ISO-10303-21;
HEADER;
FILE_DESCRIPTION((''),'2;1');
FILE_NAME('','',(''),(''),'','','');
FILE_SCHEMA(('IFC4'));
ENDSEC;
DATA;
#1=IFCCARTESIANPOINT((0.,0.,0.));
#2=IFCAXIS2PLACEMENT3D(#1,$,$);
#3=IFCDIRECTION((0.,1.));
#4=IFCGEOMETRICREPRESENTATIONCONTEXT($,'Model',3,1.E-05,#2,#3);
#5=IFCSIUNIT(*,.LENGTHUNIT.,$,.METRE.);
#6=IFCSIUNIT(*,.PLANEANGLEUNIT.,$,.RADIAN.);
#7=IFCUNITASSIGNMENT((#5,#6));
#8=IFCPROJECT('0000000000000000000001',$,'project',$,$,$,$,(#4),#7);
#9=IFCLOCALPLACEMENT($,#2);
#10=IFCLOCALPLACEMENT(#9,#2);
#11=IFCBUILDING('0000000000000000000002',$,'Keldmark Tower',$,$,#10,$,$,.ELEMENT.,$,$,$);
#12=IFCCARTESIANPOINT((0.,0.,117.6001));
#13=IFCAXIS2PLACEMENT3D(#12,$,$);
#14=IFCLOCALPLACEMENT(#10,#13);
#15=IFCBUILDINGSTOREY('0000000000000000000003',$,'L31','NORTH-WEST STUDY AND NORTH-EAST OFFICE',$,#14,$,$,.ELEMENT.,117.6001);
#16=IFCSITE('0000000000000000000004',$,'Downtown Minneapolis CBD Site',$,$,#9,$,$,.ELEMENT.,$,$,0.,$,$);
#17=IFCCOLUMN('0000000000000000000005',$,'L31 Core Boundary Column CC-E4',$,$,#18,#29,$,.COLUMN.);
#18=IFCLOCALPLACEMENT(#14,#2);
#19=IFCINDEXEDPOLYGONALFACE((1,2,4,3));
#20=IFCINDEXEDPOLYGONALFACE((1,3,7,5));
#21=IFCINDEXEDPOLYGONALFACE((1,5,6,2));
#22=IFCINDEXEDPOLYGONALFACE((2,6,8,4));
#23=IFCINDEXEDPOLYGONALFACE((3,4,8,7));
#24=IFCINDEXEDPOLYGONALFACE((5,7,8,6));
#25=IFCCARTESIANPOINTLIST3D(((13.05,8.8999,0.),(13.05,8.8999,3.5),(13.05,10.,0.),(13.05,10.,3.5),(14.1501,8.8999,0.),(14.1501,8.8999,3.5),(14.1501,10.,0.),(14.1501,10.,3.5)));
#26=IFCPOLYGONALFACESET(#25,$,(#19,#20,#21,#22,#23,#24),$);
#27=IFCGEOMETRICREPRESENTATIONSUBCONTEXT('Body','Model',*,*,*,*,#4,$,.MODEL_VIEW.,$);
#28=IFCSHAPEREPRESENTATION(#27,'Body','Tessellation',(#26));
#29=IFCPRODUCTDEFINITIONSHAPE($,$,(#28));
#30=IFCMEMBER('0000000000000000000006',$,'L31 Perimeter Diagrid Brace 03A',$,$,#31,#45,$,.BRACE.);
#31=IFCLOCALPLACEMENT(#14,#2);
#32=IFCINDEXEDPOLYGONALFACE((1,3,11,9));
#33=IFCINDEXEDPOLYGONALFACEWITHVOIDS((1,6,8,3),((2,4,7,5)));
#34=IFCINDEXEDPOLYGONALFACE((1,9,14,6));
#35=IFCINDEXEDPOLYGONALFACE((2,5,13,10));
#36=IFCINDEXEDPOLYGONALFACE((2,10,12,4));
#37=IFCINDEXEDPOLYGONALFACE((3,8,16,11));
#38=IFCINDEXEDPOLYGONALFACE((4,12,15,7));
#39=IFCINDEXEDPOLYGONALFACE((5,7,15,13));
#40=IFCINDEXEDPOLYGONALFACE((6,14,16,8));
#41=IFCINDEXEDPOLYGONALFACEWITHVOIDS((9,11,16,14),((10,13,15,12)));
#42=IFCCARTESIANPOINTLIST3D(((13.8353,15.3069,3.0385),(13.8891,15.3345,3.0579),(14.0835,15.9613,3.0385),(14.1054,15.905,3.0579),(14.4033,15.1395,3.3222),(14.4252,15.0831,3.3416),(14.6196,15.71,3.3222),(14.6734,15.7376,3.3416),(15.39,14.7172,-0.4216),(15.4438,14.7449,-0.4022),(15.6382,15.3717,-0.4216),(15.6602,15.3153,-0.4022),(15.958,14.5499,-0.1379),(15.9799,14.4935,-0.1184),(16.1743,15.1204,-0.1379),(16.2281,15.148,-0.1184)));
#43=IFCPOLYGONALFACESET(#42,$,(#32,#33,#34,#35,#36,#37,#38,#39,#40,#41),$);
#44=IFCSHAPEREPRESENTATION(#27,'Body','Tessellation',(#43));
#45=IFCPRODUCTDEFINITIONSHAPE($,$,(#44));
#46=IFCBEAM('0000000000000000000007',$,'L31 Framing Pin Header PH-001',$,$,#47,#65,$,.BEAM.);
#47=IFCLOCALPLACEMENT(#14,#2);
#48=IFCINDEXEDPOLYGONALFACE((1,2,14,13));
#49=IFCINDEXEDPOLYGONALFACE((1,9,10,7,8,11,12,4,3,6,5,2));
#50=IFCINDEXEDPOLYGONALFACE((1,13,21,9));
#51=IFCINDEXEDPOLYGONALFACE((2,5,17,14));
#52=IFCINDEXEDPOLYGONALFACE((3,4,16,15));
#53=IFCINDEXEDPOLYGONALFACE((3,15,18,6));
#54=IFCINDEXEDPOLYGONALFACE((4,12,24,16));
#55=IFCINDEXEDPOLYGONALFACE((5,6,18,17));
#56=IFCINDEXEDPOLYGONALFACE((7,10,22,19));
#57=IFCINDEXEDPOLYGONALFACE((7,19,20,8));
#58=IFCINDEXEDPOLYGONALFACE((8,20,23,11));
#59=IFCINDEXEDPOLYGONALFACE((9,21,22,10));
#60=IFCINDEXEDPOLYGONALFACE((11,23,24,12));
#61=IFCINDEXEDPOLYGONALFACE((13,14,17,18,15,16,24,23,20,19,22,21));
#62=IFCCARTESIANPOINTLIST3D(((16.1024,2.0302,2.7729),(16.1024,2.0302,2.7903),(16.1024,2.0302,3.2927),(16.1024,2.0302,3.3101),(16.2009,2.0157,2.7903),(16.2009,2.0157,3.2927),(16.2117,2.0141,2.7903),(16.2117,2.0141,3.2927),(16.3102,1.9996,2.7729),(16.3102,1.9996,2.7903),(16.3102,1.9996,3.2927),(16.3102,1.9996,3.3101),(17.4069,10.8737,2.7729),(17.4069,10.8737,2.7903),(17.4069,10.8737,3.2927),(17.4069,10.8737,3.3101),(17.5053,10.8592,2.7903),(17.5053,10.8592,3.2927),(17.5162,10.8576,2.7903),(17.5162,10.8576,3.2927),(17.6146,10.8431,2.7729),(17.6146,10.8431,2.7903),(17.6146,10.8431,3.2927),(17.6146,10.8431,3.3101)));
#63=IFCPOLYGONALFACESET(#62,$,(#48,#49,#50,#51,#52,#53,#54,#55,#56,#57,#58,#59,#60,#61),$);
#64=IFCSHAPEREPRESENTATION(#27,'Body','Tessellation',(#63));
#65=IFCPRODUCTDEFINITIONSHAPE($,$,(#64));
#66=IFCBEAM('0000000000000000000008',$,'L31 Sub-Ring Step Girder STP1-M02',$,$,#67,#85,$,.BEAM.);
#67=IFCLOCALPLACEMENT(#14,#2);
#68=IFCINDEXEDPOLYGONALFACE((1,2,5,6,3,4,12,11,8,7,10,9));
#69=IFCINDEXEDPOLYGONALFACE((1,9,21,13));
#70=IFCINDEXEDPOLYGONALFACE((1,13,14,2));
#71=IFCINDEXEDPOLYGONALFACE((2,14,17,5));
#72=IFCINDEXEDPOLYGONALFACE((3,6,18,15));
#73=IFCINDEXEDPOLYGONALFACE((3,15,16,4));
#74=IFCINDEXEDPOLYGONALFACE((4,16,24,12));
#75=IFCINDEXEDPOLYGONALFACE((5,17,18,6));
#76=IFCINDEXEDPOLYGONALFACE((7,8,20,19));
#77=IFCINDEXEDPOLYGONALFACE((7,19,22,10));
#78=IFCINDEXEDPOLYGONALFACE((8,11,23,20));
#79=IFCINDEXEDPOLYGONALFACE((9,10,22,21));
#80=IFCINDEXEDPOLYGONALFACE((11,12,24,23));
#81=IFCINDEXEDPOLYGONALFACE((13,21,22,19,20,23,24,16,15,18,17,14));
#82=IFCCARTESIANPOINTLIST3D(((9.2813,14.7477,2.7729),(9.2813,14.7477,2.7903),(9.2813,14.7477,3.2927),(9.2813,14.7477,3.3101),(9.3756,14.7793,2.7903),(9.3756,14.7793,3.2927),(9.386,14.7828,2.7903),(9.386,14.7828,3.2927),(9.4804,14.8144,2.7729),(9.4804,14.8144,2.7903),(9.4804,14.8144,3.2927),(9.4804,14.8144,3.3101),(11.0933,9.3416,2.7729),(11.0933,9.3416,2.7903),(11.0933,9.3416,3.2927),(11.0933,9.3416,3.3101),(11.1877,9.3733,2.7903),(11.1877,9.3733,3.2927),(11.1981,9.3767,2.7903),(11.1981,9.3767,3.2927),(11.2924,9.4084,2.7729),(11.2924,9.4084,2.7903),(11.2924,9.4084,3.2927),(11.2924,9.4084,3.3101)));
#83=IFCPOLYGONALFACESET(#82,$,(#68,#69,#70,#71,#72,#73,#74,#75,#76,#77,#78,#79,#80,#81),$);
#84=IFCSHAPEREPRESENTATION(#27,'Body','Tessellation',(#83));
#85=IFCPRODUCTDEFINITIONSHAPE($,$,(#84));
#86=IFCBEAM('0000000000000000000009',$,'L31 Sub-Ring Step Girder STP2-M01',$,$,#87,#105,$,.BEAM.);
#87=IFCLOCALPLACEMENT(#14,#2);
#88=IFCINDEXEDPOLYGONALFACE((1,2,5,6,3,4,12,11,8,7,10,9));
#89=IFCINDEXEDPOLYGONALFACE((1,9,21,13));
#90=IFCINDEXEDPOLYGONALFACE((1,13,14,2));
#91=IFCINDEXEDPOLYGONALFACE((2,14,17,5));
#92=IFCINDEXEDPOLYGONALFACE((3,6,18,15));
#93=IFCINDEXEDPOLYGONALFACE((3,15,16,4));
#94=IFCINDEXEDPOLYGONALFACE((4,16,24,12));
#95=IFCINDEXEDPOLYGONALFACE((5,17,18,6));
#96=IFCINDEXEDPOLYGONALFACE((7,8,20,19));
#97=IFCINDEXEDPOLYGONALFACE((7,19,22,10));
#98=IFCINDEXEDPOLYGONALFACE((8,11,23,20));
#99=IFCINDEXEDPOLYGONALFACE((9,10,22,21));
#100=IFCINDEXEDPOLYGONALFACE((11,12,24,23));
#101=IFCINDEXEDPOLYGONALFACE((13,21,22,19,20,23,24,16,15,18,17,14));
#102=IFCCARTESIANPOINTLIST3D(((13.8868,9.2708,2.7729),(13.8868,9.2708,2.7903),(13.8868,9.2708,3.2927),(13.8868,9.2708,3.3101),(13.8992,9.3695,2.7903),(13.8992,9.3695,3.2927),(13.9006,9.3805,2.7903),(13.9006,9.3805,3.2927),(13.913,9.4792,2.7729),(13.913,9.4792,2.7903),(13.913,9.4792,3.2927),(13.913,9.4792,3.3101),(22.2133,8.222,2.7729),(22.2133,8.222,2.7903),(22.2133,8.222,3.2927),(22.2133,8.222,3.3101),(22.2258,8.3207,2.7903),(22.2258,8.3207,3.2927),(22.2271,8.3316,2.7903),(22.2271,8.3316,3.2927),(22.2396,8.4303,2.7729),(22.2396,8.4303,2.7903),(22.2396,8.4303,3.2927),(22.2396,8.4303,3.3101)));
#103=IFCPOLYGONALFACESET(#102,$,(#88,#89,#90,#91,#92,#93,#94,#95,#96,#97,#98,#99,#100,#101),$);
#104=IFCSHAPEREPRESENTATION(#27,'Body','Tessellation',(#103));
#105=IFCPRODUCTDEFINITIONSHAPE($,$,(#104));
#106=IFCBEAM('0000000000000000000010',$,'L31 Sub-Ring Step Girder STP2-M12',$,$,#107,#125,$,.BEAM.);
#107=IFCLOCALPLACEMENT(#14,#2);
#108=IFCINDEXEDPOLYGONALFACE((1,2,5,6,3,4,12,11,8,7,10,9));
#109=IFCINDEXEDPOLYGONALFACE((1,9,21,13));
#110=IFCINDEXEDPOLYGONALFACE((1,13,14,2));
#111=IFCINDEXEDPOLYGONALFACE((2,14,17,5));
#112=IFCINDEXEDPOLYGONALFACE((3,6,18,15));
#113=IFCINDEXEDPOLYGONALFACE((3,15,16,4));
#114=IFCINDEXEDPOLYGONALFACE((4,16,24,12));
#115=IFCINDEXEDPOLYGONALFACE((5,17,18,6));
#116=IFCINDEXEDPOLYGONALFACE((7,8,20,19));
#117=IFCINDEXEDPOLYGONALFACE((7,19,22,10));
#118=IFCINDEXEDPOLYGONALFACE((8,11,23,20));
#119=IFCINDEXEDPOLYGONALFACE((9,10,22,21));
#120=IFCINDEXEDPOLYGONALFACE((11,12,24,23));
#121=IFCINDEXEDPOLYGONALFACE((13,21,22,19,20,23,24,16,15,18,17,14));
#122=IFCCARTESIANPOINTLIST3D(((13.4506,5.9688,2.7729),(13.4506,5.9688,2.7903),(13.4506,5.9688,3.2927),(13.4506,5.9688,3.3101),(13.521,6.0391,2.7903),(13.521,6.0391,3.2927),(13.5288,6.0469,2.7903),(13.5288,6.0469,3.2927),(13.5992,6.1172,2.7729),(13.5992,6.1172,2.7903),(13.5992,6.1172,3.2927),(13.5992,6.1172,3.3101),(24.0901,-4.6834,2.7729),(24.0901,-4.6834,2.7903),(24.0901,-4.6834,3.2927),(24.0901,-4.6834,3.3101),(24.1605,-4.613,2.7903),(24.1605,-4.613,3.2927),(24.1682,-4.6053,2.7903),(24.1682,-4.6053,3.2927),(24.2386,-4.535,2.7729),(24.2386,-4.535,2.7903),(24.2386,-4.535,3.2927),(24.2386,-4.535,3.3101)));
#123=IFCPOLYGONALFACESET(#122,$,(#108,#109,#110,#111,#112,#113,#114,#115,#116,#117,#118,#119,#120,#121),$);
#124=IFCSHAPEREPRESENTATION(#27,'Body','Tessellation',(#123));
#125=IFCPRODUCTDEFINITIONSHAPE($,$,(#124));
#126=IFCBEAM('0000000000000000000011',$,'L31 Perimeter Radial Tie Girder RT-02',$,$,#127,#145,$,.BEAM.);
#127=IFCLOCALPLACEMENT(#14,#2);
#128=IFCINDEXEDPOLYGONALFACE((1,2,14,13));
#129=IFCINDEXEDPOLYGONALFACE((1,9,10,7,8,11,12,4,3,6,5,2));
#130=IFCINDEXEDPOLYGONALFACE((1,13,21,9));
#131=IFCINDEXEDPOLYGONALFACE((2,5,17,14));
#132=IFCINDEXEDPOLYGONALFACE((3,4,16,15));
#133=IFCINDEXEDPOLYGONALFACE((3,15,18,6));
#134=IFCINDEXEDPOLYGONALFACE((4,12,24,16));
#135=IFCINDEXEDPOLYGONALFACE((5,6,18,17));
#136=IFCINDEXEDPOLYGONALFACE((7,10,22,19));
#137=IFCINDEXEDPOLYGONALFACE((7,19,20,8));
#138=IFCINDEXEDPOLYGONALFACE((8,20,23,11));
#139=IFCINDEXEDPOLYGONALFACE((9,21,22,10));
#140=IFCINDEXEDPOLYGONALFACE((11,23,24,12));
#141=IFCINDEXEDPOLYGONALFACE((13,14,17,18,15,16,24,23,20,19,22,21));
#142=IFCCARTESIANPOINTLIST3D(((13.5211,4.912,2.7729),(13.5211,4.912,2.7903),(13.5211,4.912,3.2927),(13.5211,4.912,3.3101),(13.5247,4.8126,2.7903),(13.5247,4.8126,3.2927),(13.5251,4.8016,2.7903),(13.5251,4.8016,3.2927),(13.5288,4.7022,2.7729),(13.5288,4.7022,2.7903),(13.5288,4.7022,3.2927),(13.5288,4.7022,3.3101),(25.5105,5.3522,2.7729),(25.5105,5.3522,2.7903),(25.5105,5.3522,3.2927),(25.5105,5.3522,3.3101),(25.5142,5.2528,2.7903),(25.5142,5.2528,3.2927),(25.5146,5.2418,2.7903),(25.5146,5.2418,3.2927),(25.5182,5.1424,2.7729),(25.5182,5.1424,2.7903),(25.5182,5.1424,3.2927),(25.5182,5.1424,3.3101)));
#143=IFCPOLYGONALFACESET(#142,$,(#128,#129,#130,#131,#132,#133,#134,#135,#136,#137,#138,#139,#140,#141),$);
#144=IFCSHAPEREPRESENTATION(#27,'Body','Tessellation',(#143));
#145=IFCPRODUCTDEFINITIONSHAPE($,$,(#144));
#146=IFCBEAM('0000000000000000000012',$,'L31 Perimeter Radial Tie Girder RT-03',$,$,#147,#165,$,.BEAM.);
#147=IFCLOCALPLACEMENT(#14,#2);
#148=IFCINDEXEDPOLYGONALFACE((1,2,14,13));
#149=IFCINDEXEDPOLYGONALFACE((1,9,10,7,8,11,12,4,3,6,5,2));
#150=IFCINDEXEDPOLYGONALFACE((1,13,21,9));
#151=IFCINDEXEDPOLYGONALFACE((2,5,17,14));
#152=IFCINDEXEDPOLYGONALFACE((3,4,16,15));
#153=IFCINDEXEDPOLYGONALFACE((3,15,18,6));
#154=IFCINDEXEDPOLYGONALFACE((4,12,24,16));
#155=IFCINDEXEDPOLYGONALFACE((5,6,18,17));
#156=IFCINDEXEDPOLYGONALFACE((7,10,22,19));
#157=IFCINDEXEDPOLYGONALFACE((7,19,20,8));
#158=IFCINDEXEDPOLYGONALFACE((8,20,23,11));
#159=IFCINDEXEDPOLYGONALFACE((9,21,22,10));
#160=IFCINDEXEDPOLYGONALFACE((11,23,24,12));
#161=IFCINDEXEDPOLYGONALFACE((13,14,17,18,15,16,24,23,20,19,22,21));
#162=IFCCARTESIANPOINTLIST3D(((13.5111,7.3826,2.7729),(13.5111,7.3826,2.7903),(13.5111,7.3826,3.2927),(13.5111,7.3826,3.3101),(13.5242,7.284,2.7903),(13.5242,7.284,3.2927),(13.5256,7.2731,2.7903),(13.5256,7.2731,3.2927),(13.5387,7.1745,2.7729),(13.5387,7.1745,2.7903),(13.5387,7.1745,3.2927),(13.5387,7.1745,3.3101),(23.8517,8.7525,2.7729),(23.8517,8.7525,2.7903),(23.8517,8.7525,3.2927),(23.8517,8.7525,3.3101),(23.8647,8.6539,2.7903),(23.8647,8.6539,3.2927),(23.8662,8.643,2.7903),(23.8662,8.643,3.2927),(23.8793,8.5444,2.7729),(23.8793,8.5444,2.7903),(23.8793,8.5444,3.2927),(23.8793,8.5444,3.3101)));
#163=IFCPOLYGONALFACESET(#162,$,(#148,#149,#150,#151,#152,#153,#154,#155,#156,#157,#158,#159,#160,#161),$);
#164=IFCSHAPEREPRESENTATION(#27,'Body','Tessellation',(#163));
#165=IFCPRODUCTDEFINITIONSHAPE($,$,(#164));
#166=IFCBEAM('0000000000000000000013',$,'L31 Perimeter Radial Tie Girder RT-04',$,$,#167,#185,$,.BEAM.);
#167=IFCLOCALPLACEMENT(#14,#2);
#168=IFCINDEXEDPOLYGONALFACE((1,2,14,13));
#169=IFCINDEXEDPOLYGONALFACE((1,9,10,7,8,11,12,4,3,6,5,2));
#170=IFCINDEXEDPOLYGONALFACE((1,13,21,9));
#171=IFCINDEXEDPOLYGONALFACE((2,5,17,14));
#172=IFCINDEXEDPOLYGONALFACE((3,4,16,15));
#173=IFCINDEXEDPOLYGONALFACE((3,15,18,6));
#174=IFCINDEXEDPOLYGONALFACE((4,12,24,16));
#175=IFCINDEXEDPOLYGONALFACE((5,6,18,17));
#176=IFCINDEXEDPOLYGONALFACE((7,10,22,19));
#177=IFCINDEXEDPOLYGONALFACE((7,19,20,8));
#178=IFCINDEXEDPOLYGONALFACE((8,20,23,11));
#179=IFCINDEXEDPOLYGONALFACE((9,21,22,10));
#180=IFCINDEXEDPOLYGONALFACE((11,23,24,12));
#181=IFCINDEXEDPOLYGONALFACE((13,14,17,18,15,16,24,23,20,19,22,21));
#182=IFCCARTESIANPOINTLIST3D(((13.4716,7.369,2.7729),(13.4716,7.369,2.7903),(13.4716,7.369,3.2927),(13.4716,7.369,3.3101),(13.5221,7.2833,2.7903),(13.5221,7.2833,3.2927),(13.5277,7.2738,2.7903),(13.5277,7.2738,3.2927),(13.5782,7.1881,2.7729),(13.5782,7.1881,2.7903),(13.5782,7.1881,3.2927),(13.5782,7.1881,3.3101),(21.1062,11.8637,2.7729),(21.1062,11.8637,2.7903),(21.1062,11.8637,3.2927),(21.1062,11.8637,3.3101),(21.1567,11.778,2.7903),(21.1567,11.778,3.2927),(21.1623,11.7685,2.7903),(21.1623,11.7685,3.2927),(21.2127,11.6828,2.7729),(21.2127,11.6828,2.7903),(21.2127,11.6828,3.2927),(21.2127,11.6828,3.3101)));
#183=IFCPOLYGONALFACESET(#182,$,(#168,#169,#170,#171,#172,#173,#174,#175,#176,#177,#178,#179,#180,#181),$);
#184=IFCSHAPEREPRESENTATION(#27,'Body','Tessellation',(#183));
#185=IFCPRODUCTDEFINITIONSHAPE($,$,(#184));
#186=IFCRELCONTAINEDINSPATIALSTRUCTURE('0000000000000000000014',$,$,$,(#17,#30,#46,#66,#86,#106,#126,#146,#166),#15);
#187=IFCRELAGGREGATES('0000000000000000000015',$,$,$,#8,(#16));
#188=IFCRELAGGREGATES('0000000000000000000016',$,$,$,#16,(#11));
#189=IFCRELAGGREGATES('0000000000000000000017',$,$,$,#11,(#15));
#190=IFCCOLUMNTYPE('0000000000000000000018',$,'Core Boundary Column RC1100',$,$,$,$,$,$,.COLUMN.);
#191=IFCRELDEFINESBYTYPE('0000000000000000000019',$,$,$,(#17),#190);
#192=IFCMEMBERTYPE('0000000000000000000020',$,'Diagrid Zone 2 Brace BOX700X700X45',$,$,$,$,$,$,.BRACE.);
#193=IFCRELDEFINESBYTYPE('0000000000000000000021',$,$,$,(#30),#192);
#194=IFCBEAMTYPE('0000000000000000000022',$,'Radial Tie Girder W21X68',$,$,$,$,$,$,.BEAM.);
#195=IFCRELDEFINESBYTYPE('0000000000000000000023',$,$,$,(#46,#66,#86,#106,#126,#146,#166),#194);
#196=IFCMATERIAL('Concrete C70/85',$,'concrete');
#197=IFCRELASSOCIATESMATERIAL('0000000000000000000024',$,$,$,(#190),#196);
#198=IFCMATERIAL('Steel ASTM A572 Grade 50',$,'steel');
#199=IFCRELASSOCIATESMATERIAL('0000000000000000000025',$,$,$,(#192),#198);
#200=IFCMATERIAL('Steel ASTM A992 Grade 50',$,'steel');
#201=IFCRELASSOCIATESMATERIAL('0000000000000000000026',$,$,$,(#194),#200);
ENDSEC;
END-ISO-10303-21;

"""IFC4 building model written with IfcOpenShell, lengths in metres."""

from ifc_helpers import new_model, si_unit, direction, frame, origin, origin_2d, place, context, subcontext, project, spatial, rectangle, hollow_rectangle, i_section, extrude, material, material_profile, profile_set, type_object, element, save


model = new_model("IFC4")

# Units and contexts
model_context = context("Model", 3, precision=1e-05, world=origin(), true_north=direction((0.0, 1.0)))
body_context = subcontext(model_context, "Body", "Model", "MODEL_VIEW")
ifc_project = project(units=[si_unit("LENGTHUNIT", "METRE"), si_unit("PLANEANGLEUNIT", "RADIAN")], contexts=[model_context])

# Site, building, storey
site_placement = place(None, origin())
site = spatial("IfcSite", under=ifc_project, at=site_placement, Name="Downtown Minneapolis CBD Site", CompositionType="ELEMENT", RefElevation=0.0)
building_placement = place(site_placement, origin())
building = spatial("IfcBuilding", under=site, at=building_placement, Name="Keldmark Tower", CompositionType="ELEMENT")
storey_placement = place(building_placement, frame((0.0, 0.0, 117.6001)))
storey = spatial("IfcBuildingStorey", under=building, at=storey_placement, Name="L31", Description="NORTH-WEST STUDY AND NORTH-EAST OFFICE", CompositionType="ELEMENT", Elevation=117.6001)

# Column
ifc_material_1 = material(Name="Concrete C70/85", Category="concrete")
ifc_material_profile_1 = material_profile(ifc_material_1, rectangle(XDim=1.1001, YDim=1.1001, at=origin_2d()), Name="RC1100X1100")
ifc_profile_set_1 = profile_set([ifc_material_profile_1], Name="Concrete C70/85")
column_type = type_object("IfcColumnType", Name="Core Boundary Column RC1100", PredefinedType="COLUMN", material=ifc_profile_set_1)
column_placement = place(storey_placement, frame((13.6001, 9.45, 0.0), z_axis=(0.0, 0.0, 1.0), x_axis=(1.0, 0.0, 0.0)))
element("IfcColumn", 1, at=column_placement, inside=storey, type_object=column_type, Name="L31 Core Boundary Column CC-E4", PredefinedType="COLUMN", context=body_context, shape_type="SweptSolid", body=[
    extrude(rectangle(XDim=1.1001, YDim=1.1001, at=origin_2d()), origin(), (0.0, 0.0, 1.0), 3.5),
])

# Member
ifc_material_2 = material(Name="Steel ASTM A572 Grade 50", Category="steel")
ifc_material_profile_2 = material_profile(ifc_material_2, hollow_rectangle(XDim=0.7, YDim=0.7, WallThickness=0.0449, at=origin_2d()), Name="BOX700X700X45")
ifc_profile_set_2 = profile_set([ifc_material_profile_2], Name="Steel ASTM A572 Grade 50")
member_type = type_object("IfcMemberType", Name="Diagrid Zone 2 Brace BOX700X700X45", PredefinedType="BRACE", material=ifc_profile_set_2)
member_placement = place(storey_placement, frame((15.8091, 14.9326, -0.27), z_axis=(-0.404998, 0.153592, 0.901325), x_axis=(-0.354597, -0.935019, 0.0)))
element("IfcMember", 2, at=member_placement, inside=storey, type_object=member_type, Name="L31 Perimeter Diagrid Brace 03A", PredefinedType="BRACE", context=body_context, shape_type="SweptSolid", body=[
    extrude(hollow_rectangle(XDim=0.7, YDim=0.7, WallThickness=0.0449, at=origin_2d()), origin(), (0.0, 0.0, 1.0), 3.8389),
])

# Beams
ifc_material_3 = material(Name="Steel ASTM A992 Grade 50", Category="steel")
ifc_material_profile_3 = material_profile(ifc_material_3, i_section(OverallWidth=0.21, OverallDepth=0.5371, WebThickness=0.011, FlangeThickness=0.0173, at=origin_2d()), Name="W21X68")
ifc_profile_set_3 = profile_set([ifc_material_profile_3], Name="Steel ASTM A992 Grade 50")
beam_type_1 = type_object("IfcBeamType", Name="Radial Tie Girder W21X68", PredefinedType="BEAM", material=ifc_profile_set_3)
beam_1_placement = place(storey_placement, frame((16.2063, 2.0149, 3.0415), z_axis=(0.145924, 0.989296, 0.0), x_axis=(-0.989296, 0.145924, 0.0)))
element("IfcBeam", 3, at=beam_1_placement, inside=storey, type_object=beam_type_1, Name="L31 Framing Pin Header PH-001", PredefinedType="BEAM", context=body_context, shape_type="SweptSolid", body=[
    extrude(i_section(OverallWidth=0.21, OverallDepth=0.5371, WebThickness=0.011, FlangeThickness=0.0173, at=origin_2d()), origin(), (0.0, 0.0, 1.0), 8.9392),
])
beam_2_placement = place(storey_placement, frame((11.1929, 9.375, 3.0415), z_axis=(-0.317807, 0.948155, 0.0), x_axis=(-0.948155, -0.317807, 0.0)))
element("IfcBeam", 4, at=beam_2_placement, inside=storey, type_object=beam_type_1, Name="L31 Sub-Ring Step Girder STP1-M02", PredefinedType="BEAM", context=body_context, shape_type="SweptSolid", body=[
    extrude(i_section(OverallWidth=0.21, OverallDepth=0.5371, WebThickness=0.011, FlangeThickness=0.0173, at=origin_2d()), origin(), (0.0, 0.0, 1.0), 5.7017),
])
beam_3_placement = place(storey_placement, frame((13.8999, 9.375, 3.0415), z_axis=(0.99216, -0.124976, 0.0), x_axis=(0.124976, 0.99216, 0.0)))
element("IfcBeam", 5, at=beam_3_placement, inside=storey, type_object=beam_type_1, Name="L31 Sub-Ring Step Girder STP2-M01", PredefinedType="BEAM", context=body_context, shape_type="SweptSolid", body=[
    extrude(i_section(OverallWidth=0.21, OverallDepth=0.5371, WebThickness=0.011, FlangeThickness=0.0173, at=origin_2d()), origin(), (0.0, 0.0, 1.0), 8.3923),
])
beam_4_placement = place(storey_placement, frame((13.5249, 6.043, 3.0415), z_axis=(0.706685, -0.707528, 0.0), x_axis=(0.707528, 0.706685, 0.0)))
element("IfcBeam", 6, at=beam_4_placement, inside=storey, type_object=beam_type_1, Name="L31 Sub-Ring Step Girder STP2-M12", PredefinedType="BEAM", context=body_context, shape_type="SweptSolid", body=[
    extrude(i_section(OverallWidth=0.21, OverallDepth=0.5371, WebThickness=0.011, FlangeThickness=0.0173, at=origin_2d()), origin(), (0.0, 0.0, 1.0), 15.0554),
])
beam_5_placement = place(storey_placement, frame((13.5249, 4.8071, 3.0415), z_axis=(0.999327, 0.03669, 0.0), x_axis=(-0.03669, 0.999327, 0.0)))
element("IfcBeam", 7, at=beam_5_placement, inside=storey, type_object=beam_type_1, Name="L31 Perimeter Radial Tie Girder RT-02", PredefinedType="BEAM", context=body_context, shape_type="SweptSolid", body=[
    extrude(i_section(OverallWidth=0.21, OverallDepth=0.5371, WebThickness=0.011, FlangeThickness=0.0173, at=origin_2d()), origin(), (0.0, 0.0, 1.0), 11.9976),
])
beam_6_placement = place(storey_placement, frame((13.5249, 7.2786, 3.0415), z_axis=(0.991339, 0.131328, 0.0), x_axis=(-0.131328, 0.991339, 0.0)))
element("IfcBeam", 8, at=beam_6_placement, inside=storey, type_object=beam_type_1, Name="L31 Perimeter Radial Tie Girder RT-03", PredefinedType="BEAM", context=body_context, shape_type="SweptSolid", body=[
    extrude(i_section(OverallWidth=0.21, OverallDepth=0.5371, WebThickness=0.011, FlangeThickness=0.0173, at=origin_2d()), origin(), (0.0, 0.0, 1.0), 10.4309),
])
beam_7_placement = place(storey_placement, frame((13.5249, 7.2786, 3.0415), z_axis=(0.86175, 0.507333, 0.0), x_axis=(-0.507333, 0.86175, 0.0)))
element("IfcBeam", 9, at=beam_7_placement, inside=storey, type_object=beam_type_1, Name="L31 Perimeter Radial Tie Girder RT-04", PredefinedType="BEAM", context=body_context, shape_type="SweptSolid", body=[
    extrude(i_section(OverallWidth=0.21, OverallDepth=0.5371, WebThickness=0.011, FlangeThickness=0.0173, at=origin_2d()), origin(), (0.0, 0.0, 1.0), 8.8594),
])

save(model, "model.ifc")
